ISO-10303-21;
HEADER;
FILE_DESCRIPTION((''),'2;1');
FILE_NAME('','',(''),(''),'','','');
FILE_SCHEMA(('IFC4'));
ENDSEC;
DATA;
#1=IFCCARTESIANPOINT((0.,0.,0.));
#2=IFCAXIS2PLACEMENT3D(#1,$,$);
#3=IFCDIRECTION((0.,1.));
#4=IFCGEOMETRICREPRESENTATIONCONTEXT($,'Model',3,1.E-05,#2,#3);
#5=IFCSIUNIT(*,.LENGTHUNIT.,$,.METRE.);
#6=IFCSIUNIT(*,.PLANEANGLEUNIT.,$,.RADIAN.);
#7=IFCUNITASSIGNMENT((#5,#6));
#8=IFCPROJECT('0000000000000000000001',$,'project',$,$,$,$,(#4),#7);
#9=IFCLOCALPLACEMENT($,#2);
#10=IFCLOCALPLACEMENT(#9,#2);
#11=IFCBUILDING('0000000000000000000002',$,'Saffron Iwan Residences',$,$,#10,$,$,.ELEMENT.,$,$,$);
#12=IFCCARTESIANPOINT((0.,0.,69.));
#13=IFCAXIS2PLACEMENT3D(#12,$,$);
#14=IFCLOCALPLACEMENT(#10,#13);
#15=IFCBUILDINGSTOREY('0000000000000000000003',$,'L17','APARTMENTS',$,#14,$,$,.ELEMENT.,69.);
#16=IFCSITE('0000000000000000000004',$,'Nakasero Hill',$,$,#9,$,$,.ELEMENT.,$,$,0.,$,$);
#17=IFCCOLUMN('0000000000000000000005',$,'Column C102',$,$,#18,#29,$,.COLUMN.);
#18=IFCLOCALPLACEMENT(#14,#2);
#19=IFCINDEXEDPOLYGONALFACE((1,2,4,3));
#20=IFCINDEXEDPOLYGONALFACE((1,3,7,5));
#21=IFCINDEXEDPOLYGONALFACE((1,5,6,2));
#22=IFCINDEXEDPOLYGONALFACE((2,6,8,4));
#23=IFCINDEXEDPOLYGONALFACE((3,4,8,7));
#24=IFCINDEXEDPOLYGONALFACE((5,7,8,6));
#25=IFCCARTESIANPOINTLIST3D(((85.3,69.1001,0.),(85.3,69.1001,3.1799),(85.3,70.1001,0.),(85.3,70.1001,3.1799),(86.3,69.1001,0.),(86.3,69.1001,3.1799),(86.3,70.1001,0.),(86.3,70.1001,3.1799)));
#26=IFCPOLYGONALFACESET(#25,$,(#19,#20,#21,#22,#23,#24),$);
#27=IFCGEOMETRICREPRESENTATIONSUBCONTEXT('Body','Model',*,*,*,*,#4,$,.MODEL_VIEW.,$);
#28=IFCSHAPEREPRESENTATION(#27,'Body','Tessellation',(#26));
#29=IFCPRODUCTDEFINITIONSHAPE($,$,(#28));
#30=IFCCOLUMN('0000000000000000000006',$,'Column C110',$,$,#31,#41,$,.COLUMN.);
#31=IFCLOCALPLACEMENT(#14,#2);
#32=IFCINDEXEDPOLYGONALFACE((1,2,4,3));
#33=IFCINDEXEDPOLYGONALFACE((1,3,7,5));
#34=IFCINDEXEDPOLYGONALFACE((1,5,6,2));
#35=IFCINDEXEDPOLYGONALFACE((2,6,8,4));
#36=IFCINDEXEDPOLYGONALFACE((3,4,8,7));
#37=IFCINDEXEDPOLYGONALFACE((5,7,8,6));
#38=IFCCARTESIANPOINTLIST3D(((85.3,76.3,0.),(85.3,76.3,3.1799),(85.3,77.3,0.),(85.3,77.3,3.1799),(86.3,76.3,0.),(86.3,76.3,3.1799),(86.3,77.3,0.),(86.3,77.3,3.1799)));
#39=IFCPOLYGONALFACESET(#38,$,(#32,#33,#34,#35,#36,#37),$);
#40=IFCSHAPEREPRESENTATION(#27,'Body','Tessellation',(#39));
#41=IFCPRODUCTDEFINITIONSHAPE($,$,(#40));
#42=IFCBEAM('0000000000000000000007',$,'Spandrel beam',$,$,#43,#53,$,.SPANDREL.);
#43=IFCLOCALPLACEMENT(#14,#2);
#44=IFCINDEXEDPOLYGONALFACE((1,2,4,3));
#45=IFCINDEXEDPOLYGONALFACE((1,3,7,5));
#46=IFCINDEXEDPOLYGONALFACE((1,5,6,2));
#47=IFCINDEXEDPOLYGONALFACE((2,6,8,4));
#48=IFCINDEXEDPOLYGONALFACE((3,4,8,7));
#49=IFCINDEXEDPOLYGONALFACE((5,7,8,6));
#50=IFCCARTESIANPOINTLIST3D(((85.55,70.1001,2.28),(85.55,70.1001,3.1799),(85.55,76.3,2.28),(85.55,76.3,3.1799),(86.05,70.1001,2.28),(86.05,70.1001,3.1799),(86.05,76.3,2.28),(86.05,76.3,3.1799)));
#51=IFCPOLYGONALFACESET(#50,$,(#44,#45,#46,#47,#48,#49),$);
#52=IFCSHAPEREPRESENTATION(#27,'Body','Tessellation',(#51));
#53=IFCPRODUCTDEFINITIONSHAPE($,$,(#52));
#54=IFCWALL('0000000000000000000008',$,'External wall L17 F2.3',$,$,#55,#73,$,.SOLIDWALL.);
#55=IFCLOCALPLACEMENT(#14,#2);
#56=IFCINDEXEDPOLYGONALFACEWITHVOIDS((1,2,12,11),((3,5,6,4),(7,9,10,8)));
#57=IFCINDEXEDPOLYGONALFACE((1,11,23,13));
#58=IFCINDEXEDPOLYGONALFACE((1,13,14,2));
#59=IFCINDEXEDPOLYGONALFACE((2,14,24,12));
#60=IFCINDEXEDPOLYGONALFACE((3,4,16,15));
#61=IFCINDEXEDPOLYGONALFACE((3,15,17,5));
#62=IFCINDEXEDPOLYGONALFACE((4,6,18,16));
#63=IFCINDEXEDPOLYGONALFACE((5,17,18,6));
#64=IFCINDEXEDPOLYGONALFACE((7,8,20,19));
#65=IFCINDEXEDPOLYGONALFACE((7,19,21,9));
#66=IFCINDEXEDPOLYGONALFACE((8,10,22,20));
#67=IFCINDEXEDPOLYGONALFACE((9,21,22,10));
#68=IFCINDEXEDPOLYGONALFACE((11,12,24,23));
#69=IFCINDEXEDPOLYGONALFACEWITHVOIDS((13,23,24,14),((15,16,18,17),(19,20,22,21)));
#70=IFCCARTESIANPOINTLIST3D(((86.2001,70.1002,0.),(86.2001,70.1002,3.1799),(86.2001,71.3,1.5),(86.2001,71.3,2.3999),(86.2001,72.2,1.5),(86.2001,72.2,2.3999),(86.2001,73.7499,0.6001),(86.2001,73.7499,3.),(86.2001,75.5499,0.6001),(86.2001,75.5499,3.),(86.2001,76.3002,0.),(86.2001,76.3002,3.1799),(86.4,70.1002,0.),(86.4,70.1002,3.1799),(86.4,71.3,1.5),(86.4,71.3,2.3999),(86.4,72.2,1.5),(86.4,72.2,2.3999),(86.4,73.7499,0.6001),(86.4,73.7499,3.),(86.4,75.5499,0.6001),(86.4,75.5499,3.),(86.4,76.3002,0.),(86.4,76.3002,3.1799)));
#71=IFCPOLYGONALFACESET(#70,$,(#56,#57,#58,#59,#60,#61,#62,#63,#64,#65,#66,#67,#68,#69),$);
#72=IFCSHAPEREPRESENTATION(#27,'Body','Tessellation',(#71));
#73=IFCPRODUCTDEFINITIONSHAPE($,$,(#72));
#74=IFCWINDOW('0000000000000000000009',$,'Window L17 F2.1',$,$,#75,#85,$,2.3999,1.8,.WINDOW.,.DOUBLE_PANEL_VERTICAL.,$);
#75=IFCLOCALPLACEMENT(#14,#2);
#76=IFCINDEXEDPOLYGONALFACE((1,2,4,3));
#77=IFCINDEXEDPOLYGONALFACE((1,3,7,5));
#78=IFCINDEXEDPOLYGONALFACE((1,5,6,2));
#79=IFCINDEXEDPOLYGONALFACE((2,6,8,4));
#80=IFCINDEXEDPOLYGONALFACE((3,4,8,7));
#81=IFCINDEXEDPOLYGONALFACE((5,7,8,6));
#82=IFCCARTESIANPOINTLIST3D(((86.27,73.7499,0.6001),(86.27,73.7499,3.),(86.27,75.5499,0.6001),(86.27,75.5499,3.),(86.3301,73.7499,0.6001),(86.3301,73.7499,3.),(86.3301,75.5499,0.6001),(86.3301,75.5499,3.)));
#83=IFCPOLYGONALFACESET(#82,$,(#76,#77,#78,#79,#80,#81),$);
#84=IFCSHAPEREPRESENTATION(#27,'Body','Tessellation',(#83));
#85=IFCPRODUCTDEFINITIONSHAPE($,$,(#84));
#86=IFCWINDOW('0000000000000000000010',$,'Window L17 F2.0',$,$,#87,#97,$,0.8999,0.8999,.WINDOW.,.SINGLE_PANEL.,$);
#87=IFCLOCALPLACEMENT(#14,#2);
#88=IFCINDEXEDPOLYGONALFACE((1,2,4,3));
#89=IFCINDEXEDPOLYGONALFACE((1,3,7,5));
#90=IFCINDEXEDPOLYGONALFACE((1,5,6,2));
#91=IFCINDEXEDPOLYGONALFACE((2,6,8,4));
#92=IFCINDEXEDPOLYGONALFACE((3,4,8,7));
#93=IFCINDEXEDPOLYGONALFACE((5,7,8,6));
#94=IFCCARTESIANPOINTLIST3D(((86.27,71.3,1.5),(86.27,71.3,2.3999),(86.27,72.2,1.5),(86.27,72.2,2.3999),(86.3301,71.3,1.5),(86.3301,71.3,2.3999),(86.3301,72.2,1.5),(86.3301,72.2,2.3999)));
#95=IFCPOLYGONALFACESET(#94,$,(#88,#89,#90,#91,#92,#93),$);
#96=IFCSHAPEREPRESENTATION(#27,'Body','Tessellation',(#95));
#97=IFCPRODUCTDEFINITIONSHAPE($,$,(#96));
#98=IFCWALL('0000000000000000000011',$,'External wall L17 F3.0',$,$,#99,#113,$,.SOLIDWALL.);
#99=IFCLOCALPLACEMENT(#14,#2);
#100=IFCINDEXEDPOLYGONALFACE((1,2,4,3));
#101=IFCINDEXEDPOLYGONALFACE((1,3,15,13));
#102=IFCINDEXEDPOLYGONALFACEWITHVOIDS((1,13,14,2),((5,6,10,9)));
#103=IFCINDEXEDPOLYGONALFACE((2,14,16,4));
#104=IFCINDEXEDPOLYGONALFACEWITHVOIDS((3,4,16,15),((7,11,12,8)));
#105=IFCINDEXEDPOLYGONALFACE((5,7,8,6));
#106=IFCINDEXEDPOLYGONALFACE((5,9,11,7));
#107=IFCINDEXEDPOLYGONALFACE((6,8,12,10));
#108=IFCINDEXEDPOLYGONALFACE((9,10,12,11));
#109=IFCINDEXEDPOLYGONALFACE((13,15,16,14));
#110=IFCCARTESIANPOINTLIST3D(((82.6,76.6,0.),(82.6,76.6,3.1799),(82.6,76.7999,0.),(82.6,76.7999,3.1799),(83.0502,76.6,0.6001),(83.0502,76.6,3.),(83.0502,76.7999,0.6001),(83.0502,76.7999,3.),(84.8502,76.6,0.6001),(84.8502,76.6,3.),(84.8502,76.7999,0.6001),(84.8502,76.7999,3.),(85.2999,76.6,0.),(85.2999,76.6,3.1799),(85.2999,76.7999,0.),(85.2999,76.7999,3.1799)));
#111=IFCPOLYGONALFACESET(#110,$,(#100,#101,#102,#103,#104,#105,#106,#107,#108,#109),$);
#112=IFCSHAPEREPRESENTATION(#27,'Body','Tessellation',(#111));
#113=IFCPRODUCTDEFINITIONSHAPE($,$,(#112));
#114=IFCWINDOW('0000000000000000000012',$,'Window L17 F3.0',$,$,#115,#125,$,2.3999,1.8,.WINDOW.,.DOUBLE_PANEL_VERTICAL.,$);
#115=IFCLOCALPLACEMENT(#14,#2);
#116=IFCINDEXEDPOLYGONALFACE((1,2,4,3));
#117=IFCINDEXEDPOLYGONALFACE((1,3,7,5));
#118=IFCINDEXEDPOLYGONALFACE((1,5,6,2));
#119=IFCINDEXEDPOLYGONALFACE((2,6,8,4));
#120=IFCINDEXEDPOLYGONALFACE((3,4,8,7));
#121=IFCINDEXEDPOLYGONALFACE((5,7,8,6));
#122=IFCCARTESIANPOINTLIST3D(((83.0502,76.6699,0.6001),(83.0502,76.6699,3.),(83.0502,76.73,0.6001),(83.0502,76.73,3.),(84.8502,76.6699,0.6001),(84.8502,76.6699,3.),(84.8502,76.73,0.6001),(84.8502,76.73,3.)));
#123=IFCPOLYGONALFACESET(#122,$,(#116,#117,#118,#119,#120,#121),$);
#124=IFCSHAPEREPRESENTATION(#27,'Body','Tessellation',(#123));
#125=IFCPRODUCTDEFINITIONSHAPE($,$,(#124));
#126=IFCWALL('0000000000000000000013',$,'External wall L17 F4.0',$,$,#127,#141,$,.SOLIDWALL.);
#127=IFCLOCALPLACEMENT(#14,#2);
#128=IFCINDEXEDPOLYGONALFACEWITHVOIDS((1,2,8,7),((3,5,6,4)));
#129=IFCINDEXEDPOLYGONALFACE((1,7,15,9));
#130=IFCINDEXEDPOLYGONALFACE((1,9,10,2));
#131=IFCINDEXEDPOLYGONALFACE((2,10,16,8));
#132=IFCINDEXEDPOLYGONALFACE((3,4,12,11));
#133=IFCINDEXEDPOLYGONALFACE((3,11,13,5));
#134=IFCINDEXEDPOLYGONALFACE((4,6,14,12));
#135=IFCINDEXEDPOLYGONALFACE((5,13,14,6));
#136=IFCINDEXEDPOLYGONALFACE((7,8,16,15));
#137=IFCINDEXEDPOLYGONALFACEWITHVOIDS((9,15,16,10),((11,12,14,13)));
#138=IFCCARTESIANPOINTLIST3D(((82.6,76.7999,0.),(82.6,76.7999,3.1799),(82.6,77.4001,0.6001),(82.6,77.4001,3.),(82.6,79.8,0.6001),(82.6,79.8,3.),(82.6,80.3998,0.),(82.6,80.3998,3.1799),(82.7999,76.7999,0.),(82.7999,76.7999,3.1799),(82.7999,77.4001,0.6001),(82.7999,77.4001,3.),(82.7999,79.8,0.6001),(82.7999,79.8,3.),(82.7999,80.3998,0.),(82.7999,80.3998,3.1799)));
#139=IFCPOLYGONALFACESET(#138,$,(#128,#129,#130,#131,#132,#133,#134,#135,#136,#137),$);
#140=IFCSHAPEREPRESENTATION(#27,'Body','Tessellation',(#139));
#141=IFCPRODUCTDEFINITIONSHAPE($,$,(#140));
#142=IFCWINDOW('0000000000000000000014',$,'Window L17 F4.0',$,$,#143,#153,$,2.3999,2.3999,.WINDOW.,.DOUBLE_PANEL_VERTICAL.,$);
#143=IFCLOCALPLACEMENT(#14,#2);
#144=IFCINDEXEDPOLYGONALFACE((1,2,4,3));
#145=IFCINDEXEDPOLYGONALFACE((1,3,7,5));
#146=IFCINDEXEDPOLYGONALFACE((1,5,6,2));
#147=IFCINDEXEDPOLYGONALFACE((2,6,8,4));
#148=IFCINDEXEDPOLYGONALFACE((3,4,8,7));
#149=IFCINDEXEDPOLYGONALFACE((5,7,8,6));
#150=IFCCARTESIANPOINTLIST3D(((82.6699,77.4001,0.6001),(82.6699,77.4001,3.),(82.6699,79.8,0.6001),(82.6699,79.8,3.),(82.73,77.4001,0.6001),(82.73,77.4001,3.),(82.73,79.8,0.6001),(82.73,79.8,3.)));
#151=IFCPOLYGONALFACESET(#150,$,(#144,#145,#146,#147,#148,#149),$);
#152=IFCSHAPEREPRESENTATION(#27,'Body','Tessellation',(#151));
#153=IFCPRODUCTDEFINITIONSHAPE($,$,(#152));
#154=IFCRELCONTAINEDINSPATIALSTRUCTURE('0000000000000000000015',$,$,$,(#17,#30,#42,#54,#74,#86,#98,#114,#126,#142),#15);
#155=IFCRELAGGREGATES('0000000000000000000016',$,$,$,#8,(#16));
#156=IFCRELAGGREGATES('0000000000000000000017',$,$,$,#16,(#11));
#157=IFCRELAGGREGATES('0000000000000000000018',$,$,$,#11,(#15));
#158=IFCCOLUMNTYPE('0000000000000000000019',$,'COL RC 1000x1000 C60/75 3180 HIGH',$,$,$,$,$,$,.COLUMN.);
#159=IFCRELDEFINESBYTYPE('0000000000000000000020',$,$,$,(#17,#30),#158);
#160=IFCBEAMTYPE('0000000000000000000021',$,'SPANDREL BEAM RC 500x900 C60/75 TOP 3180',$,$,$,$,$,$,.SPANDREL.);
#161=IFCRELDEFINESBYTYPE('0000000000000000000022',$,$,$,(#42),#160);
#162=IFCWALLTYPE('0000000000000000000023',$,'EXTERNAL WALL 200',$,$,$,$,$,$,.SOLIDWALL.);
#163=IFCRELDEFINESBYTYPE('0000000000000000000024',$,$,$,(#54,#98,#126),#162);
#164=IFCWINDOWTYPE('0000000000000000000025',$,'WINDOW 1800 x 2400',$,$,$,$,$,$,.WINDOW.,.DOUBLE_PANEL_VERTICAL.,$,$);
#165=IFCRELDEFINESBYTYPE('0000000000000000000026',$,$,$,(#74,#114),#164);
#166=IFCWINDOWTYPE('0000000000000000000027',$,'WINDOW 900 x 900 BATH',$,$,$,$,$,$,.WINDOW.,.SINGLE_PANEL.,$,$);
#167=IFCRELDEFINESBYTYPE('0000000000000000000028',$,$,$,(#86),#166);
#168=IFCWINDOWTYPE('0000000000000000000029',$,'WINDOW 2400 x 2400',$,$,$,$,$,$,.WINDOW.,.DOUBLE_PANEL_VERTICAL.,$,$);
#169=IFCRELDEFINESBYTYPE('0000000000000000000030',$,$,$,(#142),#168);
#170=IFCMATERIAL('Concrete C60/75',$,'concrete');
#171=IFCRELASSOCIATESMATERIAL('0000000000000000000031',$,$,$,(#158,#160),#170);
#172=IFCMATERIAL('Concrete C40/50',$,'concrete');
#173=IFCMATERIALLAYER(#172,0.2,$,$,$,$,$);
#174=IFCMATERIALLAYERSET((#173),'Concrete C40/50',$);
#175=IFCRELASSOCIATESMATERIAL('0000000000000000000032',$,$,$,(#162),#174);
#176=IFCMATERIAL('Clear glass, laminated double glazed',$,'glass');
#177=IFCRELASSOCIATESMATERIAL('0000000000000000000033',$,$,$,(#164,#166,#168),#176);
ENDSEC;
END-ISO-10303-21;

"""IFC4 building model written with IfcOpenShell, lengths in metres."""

from ifc_helpers import new_model, si_unit, direction, frame, frame_2d, origin, origin_2d, place, context, subcontext, project, spatial, rectangle, extrude, source, transform, mapped, material, layer, layer_set, material_profile, profile_set, type_object, element, fill, save


model = new_model("IFC4")

# Units and contexts
model_context = context("Model", 3, precision=1e-05, world=origin(), true_north=direction((0.0, 1.0)))
body_context = subcontext(model_context, "Body", "Model", "MODEL_VIEW")
ifc_project = project(units=[si_unit("LENGTHUNIT", "METRE"), si_unit("PLANEANGLEUNIT", "RADIAN")], contexts=[model_context])

# Site, building, storey
site_placement = place(None, origin())
site = spatial("IfcSite", under=ifc_project, at=site_placement, Name="Nakasero Hill", CompositionType="ELEMENT", RefElevation=0.0)
building_placement = place(site_placement, origin())
building = spatial("IfcBuilding", under=site, at=building_placement, Name="Saffron Iwan Residences", CompositionType="ELEMENT")
storey_placement = place(building_placement, frame((0.0, 0.0, 69.0)))
storey = spatial("IfcBuildingStorey", under=building, at=storey_placement, Name="L17", Description="APARTMENTS", CompositionType="ELEMENT", Elevation=69.0)

# Columns
ifc_material_1 = material(Name="Concrete C60/75", Category="concrete")
ifc_material_profile_1 = material_profile(ifc_material_1, rectangle(XDim=1.0, YDim=1.0, at=origin_2d()), Name="RC 1000x1000")
ifc_profile_set_1 = profile_set([ifc_material_profile_1], Name="Concrete C60/75")
column_type = type_object("IfcColumnType", Name="COL RC 1000x1000 C60/75 3180 HIGH", PredefinedType="COLUMN", material=ifc_profile_set_1)
shared_shape_1 = source(origin(), body_context, "Body", "SweptSolid", [
    extrude(rectangle(XDim=1.0, YDim=1.0, at=origin_2d()), origin(), (0.0, 0.0, 1.0), 3.1799),
])
for number, where, z_axis, x_axis, name in (
    (1, (85.8, 69.6001, 0.0), (0.0, 0.0, 1.0), (1.0, 0.0, 0.0), "Column C102"),
    (2, (85.8, 76.8, 0.0), (0.0, 0.0, 1.0), (1.0, 0.0, 0.0), "Column C110"),
):
    element("IfcColumn", number, at=place(storey_placement, frame(where, z_axis=z_axis, x_axis=x_axis)), inside=storey, type_object=column_type, Name=name, PredefinedType="COLUMN", context=body_context, shape_type="MappedRepresentation", body=[
        mapped(shared_shape_1, transform((0.0, 0.0, 0.0))),
    ])

# Beam
ifc_material_profile_2 = material_profile(ifc_material_1, rectangle(XDim=0.5, YDim=0.8999, at=origin_2d()), Name="RC 500x900")
ifc_profile_set_2 = profile_set([ifc_material_profile_2], Name="Concrete C60/75")
beam_type = type_object("IfcBeamType", Name="SPANDREL BEAM RC 500x900 C60/75 TOP 3180", PredefinedType="SPANDREL", material=ifc_profile_set_2)
shared_shape_2 = source(origin(), body_context, "Body", "SweptSolid", [
    extrude(rectangle(XDim=0.5, YDim=0.8999, at=origin_2d()), origin(), (0.0, 0.0, 1.0), 6.2),
])
beam_placement = place(storey_placement, frame((85.8, 76.3, 2.73), z_axis=(0.0, -1.0, 0.0), x_axis=(1.0, 0.0, 0.0)))
element("IfcBeam", 3, at=beam_placement, inside=storey, type_object=beam_type, Name="Spandrel beam", PredefinedType="SPANDREL", context=body_context, shape_type="MappedRepresentation", body=[
    mapped(shared_shape_2, transform((0.0, 0.0, 0.0))),
])

# Wall, openings, windows
ifc_material_2 = material(Name="Concrete C40/50", Category="concrete")
ifc_layer = layer(ifc_material_2, 0.2)
ifc_layer_set = layer_set([ifc_layer], Name="Concrete C40/50")
wall_type = type_object("IfcWallType", Name="EXTERNAL WALL 200", PredefinedType="SOLIDWALL", material=ifc_layer_set)
wall_1_placement = place(storey_placement, frame((86.3, 70.1001, 0.0), z_axis=(0.0, 0.0, 1.0), x_axis=(0.0, 1.0, 0.0)))
wall_1 = element("IfcWall", 4, at=wall_1_placement, inside=storey, type_object=wall_type, Name="External wall L17 F2.3", PredefinedType="SOLIDWALL", context=body_context, shape_type="SweptSolid", body=[
    extrude(rectangle(XDim=6.2, YDim=0.2, at=frame_2d((3.1001, 0.0))), origin(), (0.0, 0.0, 1.0), 3.1799),
])
opening_1_placement = place(wall_1_placement, frame((1.2, 0.0, 1.5)))
opening_1 = element("IfcOpeningElement", 5, at=opening_1_placement, cuts=wall_1, PredefinedType="OPENING", context=body_context, shape_type="SweptSolid", body=[
    extrude(rectangle(XDim=0.8999, YDim=0.8999, at=frame_2d((0.45, 0.45))), frame((0.0, 0.1099, 0.0), z_axis=(0.0, -1.0, 0.0), x_axis=(1.0, 0.0, 0.0)), (0.0, 0.0, 1.0), 0.22),
])
opening_2_placement = place(wall_1_placement, frame((3.6499, 0.0, 0.6001)))
opening_2 = element("IfcOpeningElement", 6, at=opening_2_placement, cuts=wall_1, PredefinedType="OPENING", context=body_context, shape_type="SweptSolid", body=[
    extrude(rectangle(XDim=1.8, YDim=2.3999, at=frame_2d((0.8999, 1.2))), frame((0.0, 0.1099, 0.0), z_axis=(0.0, -1.0, 0.0), x_axis=(1.0, 0.0, 0.0)), (0.0, 0.0, 1.0), 0.22),
])
ifc_material_3 = material(Name="Clear glass, laminated double glazed", Category="glass")
window_type_1 = type_object("IfcWindowType", Name="WINDOW 1800 x 2400", PartitioningType="DOUBLE_PANEL_VERTICAL", PredefinedType="WINDOW", material=ifc_material_3)
window_1_placement = place(opening_2_placement, origin())
window_1 = element("IfcWindow", 7, at=window_1_placement, inside=storey, type_object=window_type_1, Name="Window L17 F2.1", OverallHeight=2.3999, OverallWidth=1.8, PartitioningType="DOUBLE_PANEL_VERTICAL", PredefinedType="WINDOW", context=body_context, shape_type="SweptSolid", body=[
    extrude(rectangle(XDim=1.8, YDim=2.3999, at=frame_2d((0.8999, 1.2))), frame((0.0, 0.03, 0.0), z_axis=(0.0, -1.0, 0.0), x_axis=(1.0, 0.0, 0.0)), (0.0, 0.0, 1.0), 0.0601),
])
fill(opening_2, window_1)
window_type_2 = type_object("IfcWindowType", Name="WINDOW 900 x 900 BATH", PartitioningType="SINGLE_PANEL", PredefinedType="WINDOW", material=ifc_material_3)
window_2_placement = place(opening_1_placement, origin())
window_2 = element("IfcWindow", 8, at=window_2_placement, inside=storey, type_object=window_type_2, Name="Window L17 F2.0", OverallHeight=0.8999, OverallWidth=0.8999, PartitioningType="SINGLE_PANEL", PredefinedType="WINDOW", context=body_context, shape_type="SweptSolid", body=[
    extrude(rectangle(XDim=0.8999, YDim=0.8999, at=frame_2d((0.45, 0.45))), frame((0.0, 0.03, 0.0), z_axis=(0.0, -1.0, 0.0), x_axis=(1.0, 0.0, 0.0)), (0.0, 0.0, 1.0), 0.0601),
])
fill(opening_1, window_2)

# Walls, openings, windows
wall_2_placement = place(storey_placement, frame((85.3, 76.7, 0.0), z_axis=(0.0, 0.0, 1.0), x_axis=(-1.0, 0.0, 0.0)))
wall_2 = element("IfcWall", 9, at=wall_2_placement, inside=storey, type_object=wall_type, Name="External wall L17 F3.0", PredefinedType="SOLIDWALL", context=body_context, shape_type="SweptSolid", body=[
    extrude(rectangle(XDim=2.7, YDim=0.2, at=frame_2d((1.3501, 0.0))), origin(), (0.0, 0.0, 1.0), 3.1799),
])
opening_3_placement = place(wall_2_placement, frame((0.45, 0.0, 0.6001)))
opening_3 = element("IfcOpeningElement", 10, at=opening_3_placement, cuts=wall_2, PredefinedType="OPENING", context=body_context, shape_type="SweptSolid", body=[
    extrude(rectangle(XDim=1.8, YDim=2.3999, at=frame_2d((0.8999, 1.2))), frame((0.0, 0.1099, 0.0), z_axis=(0.0, -1.0, 0.0), x_axis=(1.0, 0.0, 0.0)), (0.0, 0.0, 1.0), 0.22),
])
window_3_placement = place(opening_3_placement, origin())
window_3 = element("IfcWindow", 11, at=window_3_placement, inside=storey, type_object=window_type_1, Name="Window L17 F3.0", OverallHeight=2.3999, OverallWidth=1.8, PartitioningType="DOUBLE_PANEL_VERTICAL", PredefinedType="WINDOW", context=body_context, shape_type="SweptSolid", body=[
    extrude(rectangle(XDim=1.8, YDim=2.3999, at=frame_2d((0.8999, 1.2))), frame((0.0, 0.03, 0.0), z_axis=(0.0, -1.0, 0.0), x_axis=(1.0, 0.0, 0.0)), (0.0, 0.0, 1.0), 0.0601),
])
fill(opening_3, window_3)
wall_3_placement = place(storey_placement, frame((82.7, 76.8, 0.0), z_axis=(0.0, 0.0, 1.0), x_axis=(0.0, 1.0, 0.0)))
wall_3 = element("IfcWall", 12, at=wall_3_placement, inside=storey, type_object=wall_type, Name="External wall L17 F4.0", PredefinedType="SOLIDWALL", context=body_context, shape_type="SweptSolid", body=[
    extrude(rectangle(XDim=3.5999, YDim=0.2, at=frame_2d((1.7998, 0.0))), origin(), (0.0, 0.0, 1.0), 3.1799),
])
opening_4_placement = place(wall_3_placement, frame((0.6001, 0.0, 0.6001)))
opening_4 = element("IfcOpeningElement", 13, at=opening_4_placement, cuts=wall_3, PredefinedType="OPENING", context=body_context, shape_type="SweptSolid", body=[
    extrude(rectangle(XDim=2.3999, YDim=2.3999, at=frame_2d((1.2, 1.2))), frame((0.0, 0.1099, 0.0), z_axis=(0.0, -1.0, 0.0), x_axis=(1.0, 0.0, 0.0)), (0.0, 0.0, 1.0), 0.22),
])
window_type_3 = type_object("IfcWindowType", Name="WINDOW 2400 x 2400", PartitioningType="DOUBLE_PANEL_VERTICAL", PredefinedType="WINDOW", material=ifc_material_3)
window_4_placement = place(opening_4_placement, origin())
window_4 = element("IfcWindow", 14, at=window_4_placement, inside=storey, type_object=window_type_3, Name="Window L17 F4.0", OverallHeight=2.3999, OverallWidth=2.3999, PartitioningType="DOUBLE_PANEL_VERTICAL", PredefinedType="WINDOW", context=body_context, shape_type="SweptSolid", body=[
    extrude(rectangle(XDim=2.3999, YDim=2.3999, at=frame_2d((1.2, 1.2))), frame((0.0, 0.03, 0.0), z_axis=(0.0, -1.0, 0.0), x_axis=(1.0, 0.0, 0.0)), (0.0, 0.0, 1.0), 0.0601),
])
fill(opening_4, window_4)

save(model, "model.ifc")
